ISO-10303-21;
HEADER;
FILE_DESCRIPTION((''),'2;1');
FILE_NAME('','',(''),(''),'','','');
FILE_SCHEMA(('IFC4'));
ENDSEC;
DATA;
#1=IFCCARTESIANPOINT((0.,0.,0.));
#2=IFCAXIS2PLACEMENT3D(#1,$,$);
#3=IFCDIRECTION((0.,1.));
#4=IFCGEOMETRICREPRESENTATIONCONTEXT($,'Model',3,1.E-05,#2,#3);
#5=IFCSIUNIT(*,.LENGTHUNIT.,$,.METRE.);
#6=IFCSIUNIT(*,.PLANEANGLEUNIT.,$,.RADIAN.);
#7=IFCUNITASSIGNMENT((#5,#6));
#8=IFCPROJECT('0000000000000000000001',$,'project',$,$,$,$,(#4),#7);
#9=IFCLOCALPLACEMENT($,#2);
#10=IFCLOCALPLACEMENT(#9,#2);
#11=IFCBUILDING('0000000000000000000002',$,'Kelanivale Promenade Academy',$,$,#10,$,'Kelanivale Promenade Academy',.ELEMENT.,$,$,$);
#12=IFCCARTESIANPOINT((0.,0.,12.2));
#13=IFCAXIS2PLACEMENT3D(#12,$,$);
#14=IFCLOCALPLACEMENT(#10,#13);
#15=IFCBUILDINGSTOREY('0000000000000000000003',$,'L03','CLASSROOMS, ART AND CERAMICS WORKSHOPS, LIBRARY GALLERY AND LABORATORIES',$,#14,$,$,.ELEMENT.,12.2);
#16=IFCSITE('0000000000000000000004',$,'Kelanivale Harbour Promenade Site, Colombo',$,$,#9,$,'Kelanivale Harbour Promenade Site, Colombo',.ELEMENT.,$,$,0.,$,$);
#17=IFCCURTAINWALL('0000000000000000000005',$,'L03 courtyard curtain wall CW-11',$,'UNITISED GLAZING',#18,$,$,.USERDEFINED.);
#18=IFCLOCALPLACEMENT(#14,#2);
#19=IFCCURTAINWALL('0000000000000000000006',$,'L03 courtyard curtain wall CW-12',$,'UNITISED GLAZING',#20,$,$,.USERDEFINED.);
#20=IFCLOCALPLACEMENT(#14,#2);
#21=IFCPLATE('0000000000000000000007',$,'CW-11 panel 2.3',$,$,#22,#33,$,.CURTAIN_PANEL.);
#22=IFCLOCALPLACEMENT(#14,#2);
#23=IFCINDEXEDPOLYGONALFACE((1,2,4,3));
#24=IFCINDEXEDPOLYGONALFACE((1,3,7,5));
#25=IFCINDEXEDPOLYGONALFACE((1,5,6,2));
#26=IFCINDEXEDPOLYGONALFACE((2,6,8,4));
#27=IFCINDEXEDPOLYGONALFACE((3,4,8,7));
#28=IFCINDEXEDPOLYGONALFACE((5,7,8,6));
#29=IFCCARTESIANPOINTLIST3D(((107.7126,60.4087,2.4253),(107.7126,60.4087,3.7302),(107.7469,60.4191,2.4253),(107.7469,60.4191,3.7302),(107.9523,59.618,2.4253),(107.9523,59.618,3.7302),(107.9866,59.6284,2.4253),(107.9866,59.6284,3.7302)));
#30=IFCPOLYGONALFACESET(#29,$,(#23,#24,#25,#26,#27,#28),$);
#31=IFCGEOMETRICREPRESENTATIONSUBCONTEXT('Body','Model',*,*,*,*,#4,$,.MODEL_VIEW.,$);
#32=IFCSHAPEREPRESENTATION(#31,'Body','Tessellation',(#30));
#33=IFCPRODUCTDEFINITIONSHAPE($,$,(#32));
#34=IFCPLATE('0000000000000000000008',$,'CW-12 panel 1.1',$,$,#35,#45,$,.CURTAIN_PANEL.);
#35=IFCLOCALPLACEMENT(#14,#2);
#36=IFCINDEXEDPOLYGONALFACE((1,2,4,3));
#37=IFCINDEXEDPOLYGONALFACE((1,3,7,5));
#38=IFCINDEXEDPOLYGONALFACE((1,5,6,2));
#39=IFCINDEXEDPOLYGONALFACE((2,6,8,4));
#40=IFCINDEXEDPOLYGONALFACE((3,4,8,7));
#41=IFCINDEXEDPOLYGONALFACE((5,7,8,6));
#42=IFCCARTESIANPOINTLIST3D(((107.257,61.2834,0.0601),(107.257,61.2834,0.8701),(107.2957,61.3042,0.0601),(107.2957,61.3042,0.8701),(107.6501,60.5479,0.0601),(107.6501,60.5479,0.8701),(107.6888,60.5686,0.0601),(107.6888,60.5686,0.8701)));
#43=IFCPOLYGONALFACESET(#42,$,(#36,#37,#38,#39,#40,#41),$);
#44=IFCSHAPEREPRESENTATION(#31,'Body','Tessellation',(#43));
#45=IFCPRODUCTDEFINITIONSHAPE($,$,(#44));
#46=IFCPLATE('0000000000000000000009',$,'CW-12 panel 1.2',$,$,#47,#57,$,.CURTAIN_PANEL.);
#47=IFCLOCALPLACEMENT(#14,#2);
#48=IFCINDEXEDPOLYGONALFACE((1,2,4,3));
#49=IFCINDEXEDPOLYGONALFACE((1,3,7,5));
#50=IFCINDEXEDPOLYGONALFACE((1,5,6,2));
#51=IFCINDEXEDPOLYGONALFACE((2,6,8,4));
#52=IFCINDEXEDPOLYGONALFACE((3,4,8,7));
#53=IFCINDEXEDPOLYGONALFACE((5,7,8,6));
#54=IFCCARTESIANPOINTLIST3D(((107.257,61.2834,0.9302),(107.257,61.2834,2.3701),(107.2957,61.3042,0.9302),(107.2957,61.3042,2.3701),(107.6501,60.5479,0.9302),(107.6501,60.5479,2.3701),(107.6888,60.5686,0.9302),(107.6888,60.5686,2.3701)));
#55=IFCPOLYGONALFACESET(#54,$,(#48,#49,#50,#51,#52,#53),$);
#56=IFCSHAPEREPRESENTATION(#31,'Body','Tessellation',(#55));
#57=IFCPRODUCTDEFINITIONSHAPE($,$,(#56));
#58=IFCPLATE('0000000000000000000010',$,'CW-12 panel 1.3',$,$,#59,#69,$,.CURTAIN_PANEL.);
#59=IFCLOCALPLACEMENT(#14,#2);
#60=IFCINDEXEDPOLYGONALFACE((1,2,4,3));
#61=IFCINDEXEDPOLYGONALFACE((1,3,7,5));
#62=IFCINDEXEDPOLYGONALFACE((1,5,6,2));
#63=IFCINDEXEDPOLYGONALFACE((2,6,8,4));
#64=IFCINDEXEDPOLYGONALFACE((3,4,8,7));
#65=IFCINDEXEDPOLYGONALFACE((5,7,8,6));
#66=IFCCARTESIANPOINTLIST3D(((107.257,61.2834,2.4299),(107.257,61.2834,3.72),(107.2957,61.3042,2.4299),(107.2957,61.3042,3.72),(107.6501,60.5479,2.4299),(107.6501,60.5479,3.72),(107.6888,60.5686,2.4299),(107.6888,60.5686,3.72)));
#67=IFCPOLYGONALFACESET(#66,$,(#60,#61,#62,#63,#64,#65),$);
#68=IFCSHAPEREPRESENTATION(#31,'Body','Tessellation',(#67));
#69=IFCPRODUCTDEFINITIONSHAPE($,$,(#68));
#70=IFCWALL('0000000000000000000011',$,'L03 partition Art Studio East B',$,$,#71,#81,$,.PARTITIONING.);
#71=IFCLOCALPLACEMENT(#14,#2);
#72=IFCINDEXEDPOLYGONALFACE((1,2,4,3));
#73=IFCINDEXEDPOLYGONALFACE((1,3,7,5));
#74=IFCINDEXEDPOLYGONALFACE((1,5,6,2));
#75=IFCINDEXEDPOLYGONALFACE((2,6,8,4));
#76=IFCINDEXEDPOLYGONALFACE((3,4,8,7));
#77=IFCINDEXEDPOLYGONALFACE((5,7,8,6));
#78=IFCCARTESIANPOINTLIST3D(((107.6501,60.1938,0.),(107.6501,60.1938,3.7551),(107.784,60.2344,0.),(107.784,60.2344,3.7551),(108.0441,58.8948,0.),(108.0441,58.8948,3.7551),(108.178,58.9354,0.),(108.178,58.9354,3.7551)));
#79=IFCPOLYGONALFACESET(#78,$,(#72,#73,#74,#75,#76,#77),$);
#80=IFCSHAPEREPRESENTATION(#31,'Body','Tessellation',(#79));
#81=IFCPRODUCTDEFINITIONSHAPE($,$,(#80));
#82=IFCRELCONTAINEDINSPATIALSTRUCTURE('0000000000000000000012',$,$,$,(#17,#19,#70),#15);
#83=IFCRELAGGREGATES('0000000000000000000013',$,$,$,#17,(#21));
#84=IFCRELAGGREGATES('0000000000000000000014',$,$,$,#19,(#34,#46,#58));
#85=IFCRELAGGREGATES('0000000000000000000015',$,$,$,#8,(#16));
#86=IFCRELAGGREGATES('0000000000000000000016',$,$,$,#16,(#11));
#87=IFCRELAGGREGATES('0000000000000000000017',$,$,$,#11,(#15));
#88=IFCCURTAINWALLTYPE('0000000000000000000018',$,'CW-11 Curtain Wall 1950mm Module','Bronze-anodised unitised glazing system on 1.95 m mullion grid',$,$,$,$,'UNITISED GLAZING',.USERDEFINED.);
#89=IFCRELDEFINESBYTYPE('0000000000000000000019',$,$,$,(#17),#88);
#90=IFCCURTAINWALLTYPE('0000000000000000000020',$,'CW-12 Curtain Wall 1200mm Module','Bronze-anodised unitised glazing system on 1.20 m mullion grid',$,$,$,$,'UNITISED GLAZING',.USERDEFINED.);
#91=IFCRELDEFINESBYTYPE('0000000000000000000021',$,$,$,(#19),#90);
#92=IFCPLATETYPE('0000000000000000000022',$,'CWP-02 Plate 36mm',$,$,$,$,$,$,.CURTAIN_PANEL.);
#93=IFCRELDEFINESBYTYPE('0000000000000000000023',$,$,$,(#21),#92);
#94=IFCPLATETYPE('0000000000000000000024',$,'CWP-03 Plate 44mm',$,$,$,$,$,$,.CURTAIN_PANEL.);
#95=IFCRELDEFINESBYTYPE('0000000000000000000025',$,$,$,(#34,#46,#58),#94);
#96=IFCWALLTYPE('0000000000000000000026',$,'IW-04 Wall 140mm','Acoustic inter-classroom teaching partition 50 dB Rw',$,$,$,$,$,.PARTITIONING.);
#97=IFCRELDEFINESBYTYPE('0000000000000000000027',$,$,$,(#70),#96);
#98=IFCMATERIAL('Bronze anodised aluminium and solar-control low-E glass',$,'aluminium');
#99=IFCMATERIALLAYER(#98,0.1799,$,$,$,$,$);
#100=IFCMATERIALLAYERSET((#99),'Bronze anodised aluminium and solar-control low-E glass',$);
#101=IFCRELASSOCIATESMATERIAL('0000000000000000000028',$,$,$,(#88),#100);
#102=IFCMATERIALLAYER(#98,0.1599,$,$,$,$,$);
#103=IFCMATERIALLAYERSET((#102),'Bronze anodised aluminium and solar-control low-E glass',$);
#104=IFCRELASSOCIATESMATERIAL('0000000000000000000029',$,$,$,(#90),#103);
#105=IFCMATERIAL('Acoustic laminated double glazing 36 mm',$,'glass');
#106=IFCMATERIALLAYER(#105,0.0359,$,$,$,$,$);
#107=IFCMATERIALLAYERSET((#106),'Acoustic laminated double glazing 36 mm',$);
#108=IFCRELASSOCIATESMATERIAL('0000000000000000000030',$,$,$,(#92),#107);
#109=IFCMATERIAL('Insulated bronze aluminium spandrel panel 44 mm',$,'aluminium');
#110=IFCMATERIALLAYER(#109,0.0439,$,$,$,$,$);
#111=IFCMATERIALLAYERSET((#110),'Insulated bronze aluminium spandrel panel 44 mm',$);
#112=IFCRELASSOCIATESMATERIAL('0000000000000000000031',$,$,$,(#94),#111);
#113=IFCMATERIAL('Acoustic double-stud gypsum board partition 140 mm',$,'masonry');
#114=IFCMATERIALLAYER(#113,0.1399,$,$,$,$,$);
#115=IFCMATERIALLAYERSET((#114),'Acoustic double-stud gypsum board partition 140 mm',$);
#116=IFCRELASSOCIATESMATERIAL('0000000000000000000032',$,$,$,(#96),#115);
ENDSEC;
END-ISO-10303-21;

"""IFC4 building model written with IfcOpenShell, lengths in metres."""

from ifc_helpers import new_model, si_unit, direction, frame, frame_2d, origin, origin_2d, place, context, subcontext, project, spatial, rectangle, extrude, material, layer, layer_set, type_object, element, aggregate, save


model = new_model("IFC4")

# Units and contexts
model_context = context("Model", 3, precision=1e-05, world=origin(), true_north=direction((0.0, 1.0)))
body_context = subcontext(model_context, "Body", "Model", "MODEL_VIEW")
ifc_project = project(units=[si_unit("LENGTHUNIT", "METRE"), si_unit("PLANEANGLEUNIT", "RADIAN")], contexts=[model_context])

# Site, building, storey
site_placement = place(None, origin())
site = spatial("IfcSite", under=ifc_project, at=site_placement, Name="Kelanivale Harbour Promenade Site, Colombo", LongName="Kelanivale Harbour Promenade Site, Colombo", CompositionType="ELEMENT", RefElevation=0.0)
building_placement = place(site_placement, origin())
building = spatial("IfcBuilding", under=site, at=building_placement, Name="Kelanivale Promenade Academy", LongName="Kelanivale Promenade Academy", CompositionType="ELEMENT")
storey_placement = place(building_placement, frame((0.0, 0.0, 12.2)))
storey = spatial("IfcBuildingStorey", under=building, at=storey_placement, Name="L03", Description="CLASSROOMS, ART AND CERAMICS WORKSHOPS, LIBRARY GALLERY AND LABORATORIES", CompositionType="ELEMENT", Elevation=12.2)

# Curtain walls
ifc_material_1 = material(Name="Bronze anodised aluminium and solar-control low-E glass", Category="aluminium")
ifc_layer_1 = layer(ifc_material_1, 0.1799)
ifc_layer_set_1 = layer_set([ifc_layer_1], Name="Bronze anodised aluminium and solar-control low-E glass")
curtain_wall_type_1 = type_object("IfcCurtainWallType", Name="CW-11 Curtain Wall 1950mm Module", Description="Bronze-anodised unitised glazing system on 1.95 m mullion grid", ElementType="UNITISED GLAZING", PredefinedType="USERDEFINED", material=ifc_layer_set_1)
curtain_wall_1_placement = place(storey_placement, origin())
curtain_wall_1 = element("IfcCurtainWall", 1, at=curtain_wall_1_placement, inside=storey, type_object=curtain_wall_type_1, Name="L03 courtyard curtain wall CW-11", ObjectType="UNITISED GLAZING", PredefinedType="USERDEFINED")
ifc_layer_2 = layer(ifc_material_1, 0.1599)
ifc_layer_set_2 = layer_set([ifc_layer_2], Name="Bronze anodised aluminium and solar-control low-E glass")
curtain_wall_type_2 = type_object("IfcCurtainWallType", Name="CW-12 Curtain Wall 1200mm Module", Description="Bronze-anodised unitised glazing system on 1.20 m mullion grid", ElementType="UNITISED GLAZING", PredefinedType="USERDEFINED", material=ifc_layer_set_2)
curtain_wall_2_placement = place(storey_placement, origin())
curtain_wall_2 = element("IfcCurtainWall", 2, at=curtain_wall_2_placement, inside=storey, type_object=curtain_wall_type_2, Name="L03 courtyard curtain wall CW-12", ObjectType="UNITISED GLAZING", PredefinedType="USERDEFINED")

# Plates
ifc_material_2 = material(Name="Acoustic laminated double glazing 36 mm", Category="glass")
ifc_layer_3 = layer(ifc_material_2, 0.0359)
ifc_layer_set_3 = layer_set([ifc_layer_3], Name="Acoustic laminated double glazing 36 mm")
plate_type_1 = type_object("IfcPlateType", Name="CWP-02 Plate 36mm", PredefinedType="CURTAIN_PANEL", material=ifc_layer_set_3)
plate_1_placement = place(storey_placement, frame((107.8496, 60.0186, 2.4253), z_axis=(0.0, 0.0, 1.0), x_axis=(-0.290128, 0.956988, 0.0)))
plate_1 = element("IfcPlate", 3, at=plate_1_placement, type_object=plate_type_1, Name="CW-11 panel 2.3", PredefinedType="CURTAIN_PANEL", context=body_context, shape_type="SweptSolid", body=[
    extrude(rectangle(XDim=0.8262, YDim=0.0359, at=origin_2d()), origin(), (0.0, 0.0, 1.0), 1.3049),
])
aggregate(curtain_wall_1, [plate_1])
ifc_material_3 = material(Name="Insulated bronze aluminium spandrel panel 44 mm", Category="aluminium")
ifc_layer_4 = layer(ifc_material_3, 0.0439)
ifc_layer_set_4 = layer_set([ifc_layer_4], Name="Insulated bronze aluminium spandrel panel 44 mm")
plate_type_2 = type_object("IfcPlateType", Name="CWP-03 Plate 44mm", PredefinedType="CURTAIN_PANEL", material=ifc_layer_set_4)
plate_2_placement = place(storey_placement, frame((107.4729, 60.926, 0.0601), z_axis=(0.0, 0.0, 1.0), x_axis=(-0.471312, 0.881966, 0.0)))
plate_2 = element("IfcPlate", 4, at=plate_2_placement, type_object=plate_type_2, Name="CW-12 panel 1.1", PredefinedType="CURTAIN_PANEL", context=body_context, shape_type="SweptSolid", body=[
    extrude(rectangle(XDim=0.834, YDim=0.0439, at=origin_2d()), origin(), (0.0, 0.0, 1.0), 0.8101),
])
plate_3_placement = place(storey_placement, frame((107.4729, 60.926, 0.9302), z_axis=(0.0, 0.0, 1.0), x_axis=(-0.471312, 0.881966, 0.0)))
plate_3 = element("IfcPlate", 5, at=plate_3_placement, type_object=plate_type_2, Name="CW-12 panel 1.2", PredefinedType="CURTAIN_PANEL", context=body_context, shape_type="SweptSolid", body=[
    extrude(rectangle(XDim=0.834, YDim=0.0439, at=origin_2d()), origin(), (0.0, 0.0, 1.0), 1.4399),
])
plate_4_placement = place(storey_placement, frame((107.4729, 60.926, 2.4299), z_axis=(0.0, 0.0, 1.0), x_axis=(-0.471312, 0.881966, 0.0)))
plate_4 = element("IfcPlate", 6, at=plate_4_placement, type_object=plate_type_2, Name="CW-12 panel 1.3", PredefinedType="CURTAIN_PANEL", context=body_context, shape_type="SweptSolid", body=[
    extrude(rectangle(XDim=0.834, YDim=0.0439, at=origin_2d()), origin(), (0.0, 0.0, 1.0), 1.29),
])
aggregate(curtain_wall_2, [plate_2, plate_3, plate_4])

# Wall
ifc_material_4 = material(Name="Acoustic double-stud gypsum board partition 140 mm", Category="masonry")
ifc_layer_5 = layer(ifc_material_4, 0.1399)
ifc_layer_set_5 = layer_set([ifc_layer_5], Name="Acoustic double-stud gypsum board partition 140 mm")
wall_type = type_object("IfcWallType", Name="IW-04 Wall 140mm", Description="Acoustic inter-classroom teaching partition 50 dB Rw", PredefinedType="PARTITIONING", material=ifc_layer_set_5)
wall_placement = place(storey_placement, frame((107.717, 60.2141, 0.0), z_axis=(0.0, 0.0, 1.0), x_axis=(0.290267, -0.956946, 0.0)))
element("IfcWall", 7, at=wall_placement, inside=storey, type_object=wall_type, Name="L03 partition Art Studio East B", PredefinedType="PARTITIONING", context=body_context, shape_type="SweptSolid", body=[
    extrude(rectangle(XDim=1.3574, YDim=0.1399, at=frame_2d((0.6787, 0.0))), origin(), (0.0, 0.0, 1.0), 3.7551),
])

save(model, "model.ifc")
